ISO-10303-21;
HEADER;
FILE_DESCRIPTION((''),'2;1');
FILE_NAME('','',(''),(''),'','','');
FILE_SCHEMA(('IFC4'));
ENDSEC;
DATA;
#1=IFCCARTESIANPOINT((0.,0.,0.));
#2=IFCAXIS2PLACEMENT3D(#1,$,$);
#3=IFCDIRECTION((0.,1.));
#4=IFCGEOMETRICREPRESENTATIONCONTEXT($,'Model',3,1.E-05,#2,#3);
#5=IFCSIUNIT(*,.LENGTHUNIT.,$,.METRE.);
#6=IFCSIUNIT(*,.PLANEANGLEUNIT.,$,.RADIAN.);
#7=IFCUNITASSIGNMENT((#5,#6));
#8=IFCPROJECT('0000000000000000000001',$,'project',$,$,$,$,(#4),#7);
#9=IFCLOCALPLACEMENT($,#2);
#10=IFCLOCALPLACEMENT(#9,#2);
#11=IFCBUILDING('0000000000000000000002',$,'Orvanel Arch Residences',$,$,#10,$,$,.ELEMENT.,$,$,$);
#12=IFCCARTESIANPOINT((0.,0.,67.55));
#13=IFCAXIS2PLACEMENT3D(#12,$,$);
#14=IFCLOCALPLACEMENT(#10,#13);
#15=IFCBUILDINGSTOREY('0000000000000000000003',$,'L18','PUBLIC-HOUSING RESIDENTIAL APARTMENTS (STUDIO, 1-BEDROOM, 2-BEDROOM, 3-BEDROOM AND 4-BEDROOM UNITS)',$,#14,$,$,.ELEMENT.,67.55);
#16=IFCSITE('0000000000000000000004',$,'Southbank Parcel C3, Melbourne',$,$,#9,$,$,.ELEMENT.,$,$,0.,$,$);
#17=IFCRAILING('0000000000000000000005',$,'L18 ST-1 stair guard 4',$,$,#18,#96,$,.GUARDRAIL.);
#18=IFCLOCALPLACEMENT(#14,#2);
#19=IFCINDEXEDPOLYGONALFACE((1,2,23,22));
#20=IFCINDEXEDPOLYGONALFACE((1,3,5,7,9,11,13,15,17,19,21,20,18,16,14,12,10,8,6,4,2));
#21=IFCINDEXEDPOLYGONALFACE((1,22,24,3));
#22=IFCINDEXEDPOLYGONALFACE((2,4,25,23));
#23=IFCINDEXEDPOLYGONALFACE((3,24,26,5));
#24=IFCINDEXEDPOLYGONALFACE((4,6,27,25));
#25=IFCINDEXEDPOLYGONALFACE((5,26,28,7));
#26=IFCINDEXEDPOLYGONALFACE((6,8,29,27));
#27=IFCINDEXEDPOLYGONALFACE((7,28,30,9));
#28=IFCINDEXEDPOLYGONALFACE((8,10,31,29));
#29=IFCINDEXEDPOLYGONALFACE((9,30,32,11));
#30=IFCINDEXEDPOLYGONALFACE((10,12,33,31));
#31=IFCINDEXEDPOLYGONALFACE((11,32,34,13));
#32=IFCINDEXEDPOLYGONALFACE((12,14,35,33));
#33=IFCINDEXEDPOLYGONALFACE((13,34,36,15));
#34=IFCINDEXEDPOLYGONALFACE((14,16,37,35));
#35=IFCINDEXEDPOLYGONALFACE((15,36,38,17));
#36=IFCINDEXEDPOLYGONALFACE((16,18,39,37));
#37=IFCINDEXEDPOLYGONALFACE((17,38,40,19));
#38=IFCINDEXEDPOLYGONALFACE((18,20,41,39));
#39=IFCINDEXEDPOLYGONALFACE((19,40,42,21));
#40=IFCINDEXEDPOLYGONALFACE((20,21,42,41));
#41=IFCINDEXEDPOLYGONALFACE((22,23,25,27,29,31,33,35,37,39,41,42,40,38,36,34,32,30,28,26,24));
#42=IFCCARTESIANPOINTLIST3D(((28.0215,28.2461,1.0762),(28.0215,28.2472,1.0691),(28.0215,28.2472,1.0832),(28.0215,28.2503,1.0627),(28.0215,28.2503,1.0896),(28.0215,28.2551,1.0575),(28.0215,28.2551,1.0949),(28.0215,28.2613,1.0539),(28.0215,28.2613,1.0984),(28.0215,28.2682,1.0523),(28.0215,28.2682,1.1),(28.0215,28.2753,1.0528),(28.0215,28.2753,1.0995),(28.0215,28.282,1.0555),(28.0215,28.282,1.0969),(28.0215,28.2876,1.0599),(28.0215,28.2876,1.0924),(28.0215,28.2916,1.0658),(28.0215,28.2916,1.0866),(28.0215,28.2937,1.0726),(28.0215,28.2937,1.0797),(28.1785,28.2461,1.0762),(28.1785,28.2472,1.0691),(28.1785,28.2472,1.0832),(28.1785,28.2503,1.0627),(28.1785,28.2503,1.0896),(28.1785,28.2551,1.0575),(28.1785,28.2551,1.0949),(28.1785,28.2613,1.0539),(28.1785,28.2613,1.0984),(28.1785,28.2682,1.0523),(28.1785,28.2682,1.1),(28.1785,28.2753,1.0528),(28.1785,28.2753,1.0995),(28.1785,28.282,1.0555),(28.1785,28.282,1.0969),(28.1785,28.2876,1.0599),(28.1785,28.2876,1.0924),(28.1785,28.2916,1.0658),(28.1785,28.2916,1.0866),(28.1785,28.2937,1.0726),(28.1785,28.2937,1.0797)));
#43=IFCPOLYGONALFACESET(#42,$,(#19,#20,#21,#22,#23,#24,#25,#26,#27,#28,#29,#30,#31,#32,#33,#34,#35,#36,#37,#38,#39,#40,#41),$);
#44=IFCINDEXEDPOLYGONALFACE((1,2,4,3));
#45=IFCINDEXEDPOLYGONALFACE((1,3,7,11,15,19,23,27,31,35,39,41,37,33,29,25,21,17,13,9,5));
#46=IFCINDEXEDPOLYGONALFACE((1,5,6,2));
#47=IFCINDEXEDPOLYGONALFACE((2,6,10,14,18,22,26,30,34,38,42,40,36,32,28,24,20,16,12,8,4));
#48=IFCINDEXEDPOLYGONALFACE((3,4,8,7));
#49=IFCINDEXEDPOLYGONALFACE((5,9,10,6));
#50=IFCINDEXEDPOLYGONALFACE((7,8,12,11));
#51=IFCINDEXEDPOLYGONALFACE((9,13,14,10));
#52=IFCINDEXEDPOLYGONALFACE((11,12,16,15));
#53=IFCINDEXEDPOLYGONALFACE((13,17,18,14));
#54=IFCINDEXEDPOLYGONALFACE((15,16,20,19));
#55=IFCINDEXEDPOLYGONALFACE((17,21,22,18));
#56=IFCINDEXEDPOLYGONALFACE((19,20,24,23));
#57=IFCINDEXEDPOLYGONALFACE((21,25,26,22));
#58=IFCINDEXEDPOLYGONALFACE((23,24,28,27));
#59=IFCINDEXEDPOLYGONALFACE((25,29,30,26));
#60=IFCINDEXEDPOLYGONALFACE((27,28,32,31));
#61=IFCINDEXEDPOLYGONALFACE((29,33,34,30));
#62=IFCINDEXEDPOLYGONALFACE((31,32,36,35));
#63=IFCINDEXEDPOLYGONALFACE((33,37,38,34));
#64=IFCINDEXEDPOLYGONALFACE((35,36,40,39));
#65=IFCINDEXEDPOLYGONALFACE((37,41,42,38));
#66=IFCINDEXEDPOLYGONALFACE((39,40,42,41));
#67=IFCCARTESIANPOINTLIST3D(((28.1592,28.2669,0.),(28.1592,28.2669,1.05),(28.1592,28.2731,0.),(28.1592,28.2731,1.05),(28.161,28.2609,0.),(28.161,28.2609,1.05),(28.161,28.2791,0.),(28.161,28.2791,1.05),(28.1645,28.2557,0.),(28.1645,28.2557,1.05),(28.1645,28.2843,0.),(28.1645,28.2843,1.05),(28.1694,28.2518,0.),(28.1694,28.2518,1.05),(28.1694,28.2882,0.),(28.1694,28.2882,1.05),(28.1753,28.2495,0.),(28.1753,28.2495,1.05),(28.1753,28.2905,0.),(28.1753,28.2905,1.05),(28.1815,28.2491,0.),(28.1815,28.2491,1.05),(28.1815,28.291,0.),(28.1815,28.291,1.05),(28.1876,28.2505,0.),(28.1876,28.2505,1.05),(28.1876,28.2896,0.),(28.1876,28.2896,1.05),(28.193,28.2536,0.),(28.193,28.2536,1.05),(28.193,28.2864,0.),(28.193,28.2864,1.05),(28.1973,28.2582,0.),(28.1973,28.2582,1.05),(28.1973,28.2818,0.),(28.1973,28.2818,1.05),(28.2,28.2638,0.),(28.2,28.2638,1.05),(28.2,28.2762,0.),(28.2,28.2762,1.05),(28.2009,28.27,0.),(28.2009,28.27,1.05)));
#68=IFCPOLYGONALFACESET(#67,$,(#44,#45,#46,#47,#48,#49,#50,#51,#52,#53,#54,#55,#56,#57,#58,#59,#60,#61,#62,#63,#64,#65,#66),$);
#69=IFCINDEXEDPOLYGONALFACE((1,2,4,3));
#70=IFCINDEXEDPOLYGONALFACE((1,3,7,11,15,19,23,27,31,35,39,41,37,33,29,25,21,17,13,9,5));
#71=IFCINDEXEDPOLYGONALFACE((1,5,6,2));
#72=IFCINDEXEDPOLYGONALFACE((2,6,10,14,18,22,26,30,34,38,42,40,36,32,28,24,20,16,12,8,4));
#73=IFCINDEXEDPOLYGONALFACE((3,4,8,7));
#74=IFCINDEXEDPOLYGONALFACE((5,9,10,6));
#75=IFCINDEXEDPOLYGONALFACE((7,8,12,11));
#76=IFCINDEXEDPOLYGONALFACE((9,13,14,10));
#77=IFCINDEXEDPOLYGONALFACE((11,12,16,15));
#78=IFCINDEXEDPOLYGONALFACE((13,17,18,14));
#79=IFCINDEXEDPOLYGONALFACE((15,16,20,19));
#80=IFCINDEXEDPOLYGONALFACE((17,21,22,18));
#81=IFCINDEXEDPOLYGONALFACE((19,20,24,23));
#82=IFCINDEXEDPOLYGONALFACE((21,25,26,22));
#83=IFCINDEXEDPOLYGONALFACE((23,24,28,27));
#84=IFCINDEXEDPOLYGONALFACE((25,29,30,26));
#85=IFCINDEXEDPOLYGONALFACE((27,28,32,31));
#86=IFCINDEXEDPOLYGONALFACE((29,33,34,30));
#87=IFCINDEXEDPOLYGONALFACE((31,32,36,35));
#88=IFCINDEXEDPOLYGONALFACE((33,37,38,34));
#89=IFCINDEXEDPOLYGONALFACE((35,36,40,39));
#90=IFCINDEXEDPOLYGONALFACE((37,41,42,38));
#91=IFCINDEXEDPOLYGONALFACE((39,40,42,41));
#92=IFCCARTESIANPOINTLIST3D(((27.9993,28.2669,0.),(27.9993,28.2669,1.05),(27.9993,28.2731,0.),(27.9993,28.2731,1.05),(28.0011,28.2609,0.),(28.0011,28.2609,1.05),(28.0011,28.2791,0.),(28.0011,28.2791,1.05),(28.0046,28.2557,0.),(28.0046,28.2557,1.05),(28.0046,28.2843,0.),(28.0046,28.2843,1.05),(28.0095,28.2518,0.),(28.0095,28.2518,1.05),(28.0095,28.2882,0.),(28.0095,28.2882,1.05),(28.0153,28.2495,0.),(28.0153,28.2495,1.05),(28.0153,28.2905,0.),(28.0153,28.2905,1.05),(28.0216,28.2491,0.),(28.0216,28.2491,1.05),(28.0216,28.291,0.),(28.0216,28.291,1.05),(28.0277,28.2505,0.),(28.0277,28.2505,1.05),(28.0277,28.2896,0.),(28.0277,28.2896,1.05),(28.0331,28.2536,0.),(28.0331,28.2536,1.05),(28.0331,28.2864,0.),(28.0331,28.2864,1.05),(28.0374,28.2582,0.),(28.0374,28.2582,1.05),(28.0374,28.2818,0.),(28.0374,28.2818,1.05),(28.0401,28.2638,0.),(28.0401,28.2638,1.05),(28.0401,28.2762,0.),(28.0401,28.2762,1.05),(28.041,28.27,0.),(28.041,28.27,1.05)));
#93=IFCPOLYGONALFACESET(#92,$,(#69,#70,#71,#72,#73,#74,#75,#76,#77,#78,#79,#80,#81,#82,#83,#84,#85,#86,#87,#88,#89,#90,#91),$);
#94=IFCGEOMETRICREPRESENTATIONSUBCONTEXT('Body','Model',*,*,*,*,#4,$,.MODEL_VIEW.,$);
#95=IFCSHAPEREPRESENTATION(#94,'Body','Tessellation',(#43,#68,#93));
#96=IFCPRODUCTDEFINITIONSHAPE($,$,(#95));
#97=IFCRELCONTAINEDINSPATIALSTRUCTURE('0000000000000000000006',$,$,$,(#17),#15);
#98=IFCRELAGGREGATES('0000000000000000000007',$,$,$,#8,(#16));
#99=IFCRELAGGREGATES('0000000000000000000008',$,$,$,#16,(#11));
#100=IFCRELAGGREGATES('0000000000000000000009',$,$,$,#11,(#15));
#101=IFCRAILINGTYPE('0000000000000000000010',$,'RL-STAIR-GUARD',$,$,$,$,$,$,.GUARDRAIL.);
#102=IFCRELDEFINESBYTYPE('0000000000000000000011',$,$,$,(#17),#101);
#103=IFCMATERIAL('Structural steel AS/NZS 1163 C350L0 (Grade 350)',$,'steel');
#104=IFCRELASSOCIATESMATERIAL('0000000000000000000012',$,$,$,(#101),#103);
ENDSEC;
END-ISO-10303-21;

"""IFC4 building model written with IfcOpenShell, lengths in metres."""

from ifc_helpers import new_model, si_unit, direction, frame, origin, origin_2d, place, context, subcontext, project, spatial, circle, extrude, material, type_object, element, save


model = new_model("IFC4")

# Units and contexts
model_context = context("Model", 3, precision=1e-05, world=origin(), true_north=direction((0.0, 1.0)))
body_context = subcontext(model_context, "Body", "Model", "MODEL_VIEW")
ifc_project = project(units=[si_unit("LENGTHUNIT", "METRE"), si_unit("PLANEANGLEUNIT", "RADIAN")], contexts=[model_context])

# Site, building, storey
site_placement = place(None, origin())
site = spatial("IfcSite", under=ifc_project, at=site_placement, Name="Southbank Parcel C3, Melbourne", CompositionType="ELEMENT", RefElevation=0.0)
building_placement = place(site_placement, origin())
building = spatial("IfcBuilding", under=site, at=building_placement, Name="Orvanel Arch Residences", CompositionType="ELEMENT")
storey_placement = place(building_placement, frame((0.0, 0.0, 67.55)))
storey = spatial("IfcBuildingStorey", under=building, at=storey_placement, Name="L18", Description="PUBLIC-HOUSING RESIDENTIAL APARTMENTS (STUDIO, 1-BEDROOM, 2-BEDROOM, 3-BEDROOM AND 4-BEDROOM UNITS)", CompositionType="ELEMENT", Elevation=67.55)

# Railing
ifc_material_1 = material(Name="Structural steel AS/NZS 1163 C350L0 (Grade 350)", Category="steel")
railing_type_1 = type_object("IfcRailingType", Name="RL-STAIR-GUARD", PredefinedType="GUARDRAIL", material=ifc_material_1)
railing_1_placement = place(storey_placement, frame((28.1799, 28.27, 0.0)))
element("IfcRailing", 1, at=railing_1_placement, inside=storey, type_object=railing_type_1, Name="L18 ST-1 stair guard 4", PredefinedType="GUARDRAIL", context=body_context, shape_type="SweptSolid", body=[
    extrude(circle(Radius=0.0239, at=origin_2d()), frame((-0.0015, 0.0, 1.0762), z_axis=(-1.0, 0.0, 0.0), x_axis=(0.0, -1.0, 0.0)), (0.0, 0.0, 1.0), 0.157),
    extrude(circle(Radius=0.021, at=origin_2d()), origin(), (0.0, 0.0, 1.0), 1.05),
    extrude(circle(Radius=0.021, at=origin_2d()), frame((-0.1599, 0.0, 0.0)), (0.0, 0.0, 1.0), 1.05),
])

save(model, "model.ifc")
